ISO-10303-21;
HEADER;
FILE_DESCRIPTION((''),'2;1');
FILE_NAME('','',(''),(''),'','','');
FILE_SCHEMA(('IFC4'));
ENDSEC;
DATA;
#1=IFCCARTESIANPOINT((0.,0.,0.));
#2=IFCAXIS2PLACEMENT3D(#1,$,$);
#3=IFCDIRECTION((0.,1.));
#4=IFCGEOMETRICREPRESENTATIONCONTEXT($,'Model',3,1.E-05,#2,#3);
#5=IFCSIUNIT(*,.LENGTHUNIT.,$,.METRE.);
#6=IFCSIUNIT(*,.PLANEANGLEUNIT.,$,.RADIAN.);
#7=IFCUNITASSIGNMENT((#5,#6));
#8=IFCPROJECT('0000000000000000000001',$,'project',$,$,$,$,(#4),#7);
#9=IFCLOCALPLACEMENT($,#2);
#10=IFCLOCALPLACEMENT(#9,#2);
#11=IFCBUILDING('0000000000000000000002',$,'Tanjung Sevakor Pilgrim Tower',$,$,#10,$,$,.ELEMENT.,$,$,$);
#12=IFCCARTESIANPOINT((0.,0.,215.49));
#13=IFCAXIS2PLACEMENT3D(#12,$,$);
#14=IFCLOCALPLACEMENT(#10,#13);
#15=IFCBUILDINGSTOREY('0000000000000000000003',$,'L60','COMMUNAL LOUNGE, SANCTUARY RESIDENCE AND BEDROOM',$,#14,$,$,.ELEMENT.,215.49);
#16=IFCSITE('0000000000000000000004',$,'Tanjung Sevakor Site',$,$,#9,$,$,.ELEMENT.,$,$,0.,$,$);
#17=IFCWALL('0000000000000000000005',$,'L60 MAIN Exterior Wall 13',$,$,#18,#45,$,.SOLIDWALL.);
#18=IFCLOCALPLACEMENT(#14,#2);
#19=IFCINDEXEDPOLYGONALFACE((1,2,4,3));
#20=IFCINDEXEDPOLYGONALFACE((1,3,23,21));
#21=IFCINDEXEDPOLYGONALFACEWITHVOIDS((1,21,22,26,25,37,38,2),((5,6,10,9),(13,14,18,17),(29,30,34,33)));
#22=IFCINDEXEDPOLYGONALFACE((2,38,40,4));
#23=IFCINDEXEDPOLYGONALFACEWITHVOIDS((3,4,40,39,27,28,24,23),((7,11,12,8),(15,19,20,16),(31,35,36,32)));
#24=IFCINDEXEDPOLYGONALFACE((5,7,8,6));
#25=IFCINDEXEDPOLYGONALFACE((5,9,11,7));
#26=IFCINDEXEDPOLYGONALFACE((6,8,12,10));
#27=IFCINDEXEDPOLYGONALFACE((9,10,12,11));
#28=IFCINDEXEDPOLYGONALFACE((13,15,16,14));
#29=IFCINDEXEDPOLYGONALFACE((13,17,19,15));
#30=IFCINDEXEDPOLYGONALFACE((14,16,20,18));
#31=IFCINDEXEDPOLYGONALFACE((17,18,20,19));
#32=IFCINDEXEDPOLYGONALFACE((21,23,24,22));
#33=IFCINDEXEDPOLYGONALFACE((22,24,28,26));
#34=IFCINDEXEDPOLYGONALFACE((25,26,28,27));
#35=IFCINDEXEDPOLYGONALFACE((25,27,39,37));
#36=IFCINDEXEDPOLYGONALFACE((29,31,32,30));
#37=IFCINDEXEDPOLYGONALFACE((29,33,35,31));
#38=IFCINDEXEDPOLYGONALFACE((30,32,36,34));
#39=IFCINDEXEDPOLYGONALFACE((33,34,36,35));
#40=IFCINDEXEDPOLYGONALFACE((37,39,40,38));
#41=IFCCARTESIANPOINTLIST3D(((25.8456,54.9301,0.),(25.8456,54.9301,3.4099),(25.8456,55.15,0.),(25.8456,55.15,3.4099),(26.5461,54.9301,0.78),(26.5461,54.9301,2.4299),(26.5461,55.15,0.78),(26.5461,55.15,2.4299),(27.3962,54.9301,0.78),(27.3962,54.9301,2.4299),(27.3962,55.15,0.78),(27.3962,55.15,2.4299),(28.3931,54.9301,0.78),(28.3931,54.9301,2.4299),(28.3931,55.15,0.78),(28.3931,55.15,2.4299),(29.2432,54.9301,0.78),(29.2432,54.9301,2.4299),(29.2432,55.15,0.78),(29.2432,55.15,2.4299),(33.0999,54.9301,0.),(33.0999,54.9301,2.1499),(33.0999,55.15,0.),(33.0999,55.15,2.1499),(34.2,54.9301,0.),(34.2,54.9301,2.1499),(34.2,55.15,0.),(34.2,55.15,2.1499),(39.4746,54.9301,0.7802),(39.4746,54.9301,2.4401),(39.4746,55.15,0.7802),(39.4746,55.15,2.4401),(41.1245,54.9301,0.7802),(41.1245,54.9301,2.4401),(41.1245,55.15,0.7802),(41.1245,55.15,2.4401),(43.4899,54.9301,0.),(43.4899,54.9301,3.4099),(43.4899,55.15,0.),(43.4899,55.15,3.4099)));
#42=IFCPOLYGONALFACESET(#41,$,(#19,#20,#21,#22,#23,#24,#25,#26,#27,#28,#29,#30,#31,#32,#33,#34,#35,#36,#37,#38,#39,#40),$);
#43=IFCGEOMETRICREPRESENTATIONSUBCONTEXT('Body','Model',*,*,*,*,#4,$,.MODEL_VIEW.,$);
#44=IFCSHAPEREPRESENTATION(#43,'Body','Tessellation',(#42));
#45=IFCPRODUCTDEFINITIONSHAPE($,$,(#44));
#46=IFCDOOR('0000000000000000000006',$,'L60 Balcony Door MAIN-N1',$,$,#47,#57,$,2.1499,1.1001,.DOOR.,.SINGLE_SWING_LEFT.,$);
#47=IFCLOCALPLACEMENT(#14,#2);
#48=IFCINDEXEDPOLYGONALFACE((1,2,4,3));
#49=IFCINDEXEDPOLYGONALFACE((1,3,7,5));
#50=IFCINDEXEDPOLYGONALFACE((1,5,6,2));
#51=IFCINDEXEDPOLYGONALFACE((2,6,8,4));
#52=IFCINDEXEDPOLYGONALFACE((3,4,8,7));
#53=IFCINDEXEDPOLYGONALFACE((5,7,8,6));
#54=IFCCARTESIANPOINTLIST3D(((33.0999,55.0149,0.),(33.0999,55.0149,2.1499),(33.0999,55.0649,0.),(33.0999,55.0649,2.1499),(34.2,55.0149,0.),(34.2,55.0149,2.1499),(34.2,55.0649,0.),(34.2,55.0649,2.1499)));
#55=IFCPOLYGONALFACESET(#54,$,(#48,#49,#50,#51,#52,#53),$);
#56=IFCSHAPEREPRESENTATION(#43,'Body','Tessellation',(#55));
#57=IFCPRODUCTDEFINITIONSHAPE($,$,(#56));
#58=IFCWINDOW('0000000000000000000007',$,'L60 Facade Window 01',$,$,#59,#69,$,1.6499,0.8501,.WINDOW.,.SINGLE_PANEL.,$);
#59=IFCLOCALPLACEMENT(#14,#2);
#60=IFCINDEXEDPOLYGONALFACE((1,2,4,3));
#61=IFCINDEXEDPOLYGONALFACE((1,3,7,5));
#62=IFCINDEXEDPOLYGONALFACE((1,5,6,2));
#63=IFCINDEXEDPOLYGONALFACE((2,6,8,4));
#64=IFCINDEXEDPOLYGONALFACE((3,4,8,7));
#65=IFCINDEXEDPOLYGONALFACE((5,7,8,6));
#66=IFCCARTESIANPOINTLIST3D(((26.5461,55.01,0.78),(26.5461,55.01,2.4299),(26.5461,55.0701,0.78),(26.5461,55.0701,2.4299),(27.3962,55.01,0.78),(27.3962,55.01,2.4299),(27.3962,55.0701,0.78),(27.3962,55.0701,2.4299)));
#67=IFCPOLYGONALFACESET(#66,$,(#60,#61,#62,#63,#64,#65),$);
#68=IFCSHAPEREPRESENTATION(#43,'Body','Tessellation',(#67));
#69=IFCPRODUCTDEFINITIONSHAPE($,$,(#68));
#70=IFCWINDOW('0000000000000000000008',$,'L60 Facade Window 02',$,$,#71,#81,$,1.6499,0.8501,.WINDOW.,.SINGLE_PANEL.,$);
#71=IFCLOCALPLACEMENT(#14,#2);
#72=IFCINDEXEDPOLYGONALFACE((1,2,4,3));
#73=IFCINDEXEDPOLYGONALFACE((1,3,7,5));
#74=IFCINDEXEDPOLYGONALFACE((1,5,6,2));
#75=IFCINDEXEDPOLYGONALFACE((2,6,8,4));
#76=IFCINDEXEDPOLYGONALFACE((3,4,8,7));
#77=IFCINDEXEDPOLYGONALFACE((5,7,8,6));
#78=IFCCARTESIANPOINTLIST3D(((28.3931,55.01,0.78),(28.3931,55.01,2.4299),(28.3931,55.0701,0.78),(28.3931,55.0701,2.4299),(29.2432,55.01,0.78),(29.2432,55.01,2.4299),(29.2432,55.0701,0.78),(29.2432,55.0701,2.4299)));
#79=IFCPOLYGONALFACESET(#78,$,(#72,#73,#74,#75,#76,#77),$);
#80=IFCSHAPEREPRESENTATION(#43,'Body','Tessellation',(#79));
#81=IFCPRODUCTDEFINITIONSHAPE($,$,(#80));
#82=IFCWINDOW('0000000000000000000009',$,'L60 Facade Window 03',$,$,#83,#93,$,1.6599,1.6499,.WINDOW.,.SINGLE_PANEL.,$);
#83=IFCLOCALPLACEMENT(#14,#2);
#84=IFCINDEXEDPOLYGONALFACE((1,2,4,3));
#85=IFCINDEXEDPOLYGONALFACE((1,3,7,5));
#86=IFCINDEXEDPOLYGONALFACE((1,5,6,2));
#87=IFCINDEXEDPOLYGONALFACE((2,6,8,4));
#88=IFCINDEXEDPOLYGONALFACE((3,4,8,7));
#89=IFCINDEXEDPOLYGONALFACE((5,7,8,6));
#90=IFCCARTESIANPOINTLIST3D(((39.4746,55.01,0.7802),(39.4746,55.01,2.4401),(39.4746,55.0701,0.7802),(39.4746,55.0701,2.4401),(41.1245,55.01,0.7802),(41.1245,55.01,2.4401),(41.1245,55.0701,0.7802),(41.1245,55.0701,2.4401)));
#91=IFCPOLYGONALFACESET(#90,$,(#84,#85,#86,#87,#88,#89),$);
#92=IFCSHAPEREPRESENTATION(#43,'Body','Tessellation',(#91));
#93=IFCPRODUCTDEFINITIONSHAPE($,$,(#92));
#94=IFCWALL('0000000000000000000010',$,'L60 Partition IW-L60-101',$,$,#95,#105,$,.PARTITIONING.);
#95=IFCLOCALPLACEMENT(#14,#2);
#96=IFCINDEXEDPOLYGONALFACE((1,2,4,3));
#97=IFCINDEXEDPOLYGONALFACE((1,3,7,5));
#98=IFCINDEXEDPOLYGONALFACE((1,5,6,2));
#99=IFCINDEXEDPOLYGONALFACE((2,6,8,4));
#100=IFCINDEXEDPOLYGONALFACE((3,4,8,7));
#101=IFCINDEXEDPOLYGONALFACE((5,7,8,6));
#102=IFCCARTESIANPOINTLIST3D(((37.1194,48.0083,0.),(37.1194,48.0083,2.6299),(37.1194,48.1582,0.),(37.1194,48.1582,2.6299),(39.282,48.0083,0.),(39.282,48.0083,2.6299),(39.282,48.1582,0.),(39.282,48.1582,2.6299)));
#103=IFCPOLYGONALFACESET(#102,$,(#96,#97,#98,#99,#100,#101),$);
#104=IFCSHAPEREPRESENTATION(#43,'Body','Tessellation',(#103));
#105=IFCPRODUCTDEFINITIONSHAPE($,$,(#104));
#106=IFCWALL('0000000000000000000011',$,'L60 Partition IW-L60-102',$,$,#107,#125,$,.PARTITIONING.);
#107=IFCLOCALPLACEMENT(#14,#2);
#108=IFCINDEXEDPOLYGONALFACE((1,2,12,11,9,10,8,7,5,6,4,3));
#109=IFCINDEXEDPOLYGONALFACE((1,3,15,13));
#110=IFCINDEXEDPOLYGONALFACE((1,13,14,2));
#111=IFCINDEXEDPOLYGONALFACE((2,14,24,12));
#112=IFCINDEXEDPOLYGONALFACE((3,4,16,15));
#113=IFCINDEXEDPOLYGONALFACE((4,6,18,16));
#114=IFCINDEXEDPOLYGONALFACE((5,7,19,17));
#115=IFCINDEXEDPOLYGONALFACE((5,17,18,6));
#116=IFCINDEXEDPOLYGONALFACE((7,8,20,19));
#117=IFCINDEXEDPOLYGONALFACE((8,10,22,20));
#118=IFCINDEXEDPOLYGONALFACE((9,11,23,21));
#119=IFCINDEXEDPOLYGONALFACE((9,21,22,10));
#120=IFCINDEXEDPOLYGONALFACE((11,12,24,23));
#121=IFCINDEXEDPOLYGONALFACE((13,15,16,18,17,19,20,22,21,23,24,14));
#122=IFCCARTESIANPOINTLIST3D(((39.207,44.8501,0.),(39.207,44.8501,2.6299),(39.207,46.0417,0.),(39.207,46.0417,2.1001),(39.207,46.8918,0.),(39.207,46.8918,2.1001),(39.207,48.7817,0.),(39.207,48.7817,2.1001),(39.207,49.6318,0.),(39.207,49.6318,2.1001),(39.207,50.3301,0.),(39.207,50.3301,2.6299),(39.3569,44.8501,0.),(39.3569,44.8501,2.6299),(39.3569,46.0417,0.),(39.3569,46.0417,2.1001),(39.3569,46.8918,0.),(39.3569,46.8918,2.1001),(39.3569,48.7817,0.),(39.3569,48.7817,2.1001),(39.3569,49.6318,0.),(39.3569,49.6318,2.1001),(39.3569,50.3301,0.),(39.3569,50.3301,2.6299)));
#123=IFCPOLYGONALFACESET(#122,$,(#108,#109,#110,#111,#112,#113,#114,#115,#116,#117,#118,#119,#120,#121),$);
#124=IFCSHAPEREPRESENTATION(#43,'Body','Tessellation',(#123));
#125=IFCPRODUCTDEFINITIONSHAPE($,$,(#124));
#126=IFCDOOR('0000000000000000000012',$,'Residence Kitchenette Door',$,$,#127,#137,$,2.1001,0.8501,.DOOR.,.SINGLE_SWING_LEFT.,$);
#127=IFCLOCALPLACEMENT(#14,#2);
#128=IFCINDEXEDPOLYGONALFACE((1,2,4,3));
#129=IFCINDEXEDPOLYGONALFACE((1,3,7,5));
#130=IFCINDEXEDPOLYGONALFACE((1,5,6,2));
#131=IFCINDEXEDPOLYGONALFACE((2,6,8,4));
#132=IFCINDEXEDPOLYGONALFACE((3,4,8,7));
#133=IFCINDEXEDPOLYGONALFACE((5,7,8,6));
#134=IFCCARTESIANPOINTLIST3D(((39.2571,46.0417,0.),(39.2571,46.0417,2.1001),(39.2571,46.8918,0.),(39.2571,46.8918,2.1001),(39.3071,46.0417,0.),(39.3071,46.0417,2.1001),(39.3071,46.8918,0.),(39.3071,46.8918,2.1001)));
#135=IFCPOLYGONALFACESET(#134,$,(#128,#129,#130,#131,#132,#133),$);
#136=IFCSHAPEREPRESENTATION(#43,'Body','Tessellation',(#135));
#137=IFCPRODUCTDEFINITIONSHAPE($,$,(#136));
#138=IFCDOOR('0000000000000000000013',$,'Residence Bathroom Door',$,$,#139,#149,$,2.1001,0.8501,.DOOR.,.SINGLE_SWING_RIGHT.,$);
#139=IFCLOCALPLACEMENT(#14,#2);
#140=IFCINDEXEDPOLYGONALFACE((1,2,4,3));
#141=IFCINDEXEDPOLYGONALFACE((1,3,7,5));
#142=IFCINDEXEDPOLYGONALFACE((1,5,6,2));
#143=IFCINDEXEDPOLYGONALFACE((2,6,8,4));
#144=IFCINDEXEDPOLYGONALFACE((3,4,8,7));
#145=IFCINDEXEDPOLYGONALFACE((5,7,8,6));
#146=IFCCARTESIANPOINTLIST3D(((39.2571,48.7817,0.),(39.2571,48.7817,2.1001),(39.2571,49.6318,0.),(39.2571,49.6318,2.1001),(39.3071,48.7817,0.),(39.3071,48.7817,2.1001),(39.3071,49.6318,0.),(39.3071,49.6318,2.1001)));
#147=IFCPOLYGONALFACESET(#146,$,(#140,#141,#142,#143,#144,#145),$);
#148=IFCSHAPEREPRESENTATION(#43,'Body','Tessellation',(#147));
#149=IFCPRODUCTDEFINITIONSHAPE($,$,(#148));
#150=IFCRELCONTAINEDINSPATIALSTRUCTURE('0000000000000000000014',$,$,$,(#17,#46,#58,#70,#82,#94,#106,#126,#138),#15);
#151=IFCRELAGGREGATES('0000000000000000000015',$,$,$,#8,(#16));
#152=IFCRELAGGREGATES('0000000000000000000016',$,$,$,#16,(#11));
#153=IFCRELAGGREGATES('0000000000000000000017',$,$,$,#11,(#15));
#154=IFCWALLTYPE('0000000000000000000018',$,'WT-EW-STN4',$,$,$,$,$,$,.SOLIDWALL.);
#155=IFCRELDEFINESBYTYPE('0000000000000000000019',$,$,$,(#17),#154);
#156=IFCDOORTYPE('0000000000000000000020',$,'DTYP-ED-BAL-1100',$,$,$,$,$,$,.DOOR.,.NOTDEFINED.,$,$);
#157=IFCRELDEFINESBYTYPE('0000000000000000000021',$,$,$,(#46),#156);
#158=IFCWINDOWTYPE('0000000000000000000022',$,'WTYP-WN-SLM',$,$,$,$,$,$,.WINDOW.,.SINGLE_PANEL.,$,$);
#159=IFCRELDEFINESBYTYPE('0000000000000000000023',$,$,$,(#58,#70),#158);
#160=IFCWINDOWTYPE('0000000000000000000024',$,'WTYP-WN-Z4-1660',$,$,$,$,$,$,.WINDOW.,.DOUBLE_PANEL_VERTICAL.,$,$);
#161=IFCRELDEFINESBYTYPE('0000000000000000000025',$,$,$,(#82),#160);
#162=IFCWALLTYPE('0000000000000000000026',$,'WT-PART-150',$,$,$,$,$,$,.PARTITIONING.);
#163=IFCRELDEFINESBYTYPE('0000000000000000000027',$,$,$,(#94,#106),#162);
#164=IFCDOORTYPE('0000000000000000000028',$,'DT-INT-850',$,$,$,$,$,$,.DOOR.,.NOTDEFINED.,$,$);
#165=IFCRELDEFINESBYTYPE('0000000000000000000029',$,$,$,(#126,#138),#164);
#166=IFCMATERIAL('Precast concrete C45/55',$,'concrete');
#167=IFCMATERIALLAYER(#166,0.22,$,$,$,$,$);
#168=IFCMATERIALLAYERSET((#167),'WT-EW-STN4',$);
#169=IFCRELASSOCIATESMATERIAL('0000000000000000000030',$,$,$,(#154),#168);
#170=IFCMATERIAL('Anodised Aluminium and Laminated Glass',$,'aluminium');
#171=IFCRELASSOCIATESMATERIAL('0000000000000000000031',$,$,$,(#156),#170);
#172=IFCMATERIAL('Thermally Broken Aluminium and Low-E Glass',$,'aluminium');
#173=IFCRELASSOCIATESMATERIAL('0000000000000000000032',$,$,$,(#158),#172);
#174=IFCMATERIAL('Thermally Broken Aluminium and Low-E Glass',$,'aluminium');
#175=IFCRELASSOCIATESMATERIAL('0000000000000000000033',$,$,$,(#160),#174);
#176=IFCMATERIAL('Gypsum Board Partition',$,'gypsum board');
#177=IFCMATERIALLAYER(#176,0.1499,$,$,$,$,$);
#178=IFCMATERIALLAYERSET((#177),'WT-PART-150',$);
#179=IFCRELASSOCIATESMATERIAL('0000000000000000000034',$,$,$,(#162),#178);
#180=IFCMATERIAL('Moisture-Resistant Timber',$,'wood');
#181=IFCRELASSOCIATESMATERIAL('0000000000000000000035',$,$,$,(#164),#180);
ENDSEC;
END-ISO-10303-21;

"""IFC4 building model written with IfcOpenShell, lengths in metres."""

from ifc_helpers import new_model, si_unit, direction, frame, frame_2d, origin, place, context, subcontext, project, spatial, rectangle, extrude, material, layer, layer_set, type_object, element, fill, save


model = new_model("IFC4")

# Units and contexts
model_context = context("Model", 3, precision=1e-05, world=origin(), true_north=direction((0.0, 1.0)))
body_context = subcontext(model_context, "Body", "Model", "MODEL_VIEW")
ifc_project = project(units=[si_unit("LENGTHUNIT", "METRE"), si_unit("PLANEANGLEUNIT", "RADIAN")], contexts=[model_context])

# Site, building, storey
site_placement = place(None, origin())
site = spatial("IfcSite", under=ifc_project, at=site_placement, Name="Tanjung Sevakor Site", CompositionType="ELEMENT", RefElevation=0.0)
building_placement = place(site_placement, origin())
building = spatial("IfcBuilding", under=site, at=building_placement, Name="Tanjung Sevakor Pilgrim Tower", CompositionType="ELEMENT")
storey_placement = place(building_placement, frame((0.0, 0.0, 215.49)))
storey = spatial("IfcBuildingStorey", under=building, at=storey_placement, Name="L60", Description="COMMUNAL LOUNGE, SANCTUARY RESIDENCE AND BEDROOM", CompositionType="ELEMENT", Elevation=215.49)

# Shared definitions
ifc_material_1 = material(Name="Precast concrete C45/55", Category="concrete")
ifc_layer_1 = layer(ifc_material_1, 0.22)
ifc_layer_set_1 = layer_set([ifc_layer_1], Name="WT-EW-STN4")
wall_type_1 = type_object("IfcWallType", Name="WT-EW-STN4", PredefinedType="SOLIDWALL", material=ifc_layer_set_1)

# Wall, openings, door, windows
wall_1_placement = place(storey_placement, frame((43.49, 55.04, 0.0), z_axis=(0.0, 0.0, 1.0), x_axis=(-1.0, 0.0, 0.0)))
wall_1 = element("IfcWall", 1, at=wall_1_placement, inside=storey, type_object=wall_type_1, Name="L60 MAIN Exterior Wall 13", PredefinedType="SOLIDWALL", context=body_context, shape_type="SweptSolid", body=[
    extrude(rectangle(XDim=17.6443, YDim=0.22, at=frame_2d((8.8223, 0.0))), origin(), (0.0, 0.0, 1.0), 3.4099),
])
opening_1_placement = place(wall_1_placement, frame((9.29, 0.0, 0.0)))
opening_1 = element("IfcOpeningElement", 2, at=opening_1_placement, cuts=wall_1, PredefinedType="OPENING", context=body_context, shape_type="SweptSolid", body=[
    extrude(rectangle(XDim=1.1001, YDim=2.1499, at=frame_2d((0.55, 1.075))), frame((0.0, 0.1199, 0.0), z_axis=(0.0, -1.0, 0.0), x_axis=(1.0, 0.0, 0.0)), (0.0, 0.0, 1.0), 0.24),
])
opening_2_placement = place(wall_1_placement, frame((16.0938, 0.0, 0.78)))
opening_2 = element("IfcOpeningElement", 3, at=opening_2_placement, cuts=wall_1, PredefinedType="OPENING", context=body_context, shape_type="SweptSolid", body=[
    extrude(rectangle(XDim=0.8501, YDim=1.6499, at=frame_2d((0.425, 0.825))), frame((0.0, 0.1199, 0.0), z_axis=(0.0, -1.0, 0.0), x_axis=(1.0, 0.0, 0.0)), (0.0, 0.0, 1.0), 0.24),
])
opening_3_placement = place(wall_1_placement, frame((14.2468, 0.0, 0.78)))
opening_3 = element("IfcOpeningElement", 4, at=opening_3_placement, cuts=wall_1, PredefinedType="OPENING", context=body_context, shape_type="SweptSolid", body=[
    extrude(rectangle(XDim=0.8501, YDim=1.6499, at=frame_2d((0.425, 0.825))), frame((0.0, 0.1199, 0.0), z_axis=(0.0, -1.0, 0.0), x_axis=(1.0, 0.0, 0.0)), (0.0, 0.0, 1.0), 0.24),
])
opening_4_placement = place(wall_1_placement, frame((2.3655, 0.0, 0.78)))
opening_4 = element("IfcOpeningElement", 5, at=opening_4_placement, cuts=wall_1, PredefinedType="OPENING", context=body_context, shape_type="SweptSolid", body=[
    extrude(rectangle(XDim=1.6499, YDim=1.6599, at=frame_2d((0.825, 0.8301))), frame((0.0, 0.1199, 0.0), z_axis=(0.0, -1.0, 0.0), x_axis=(1.0, 0.0, 0.0)), (0.0, 0.0, 1.0), 0.24),
])
ifc_material_2 = material(Name="Anodised Aluminium and Laminated Glass", Category="aluminium")
door_type_1 = type_object("IfcDoorType", Name="DTYP-ED-BAL-1100", OperationType="NOTDEFINED", PredefinedType="DOOR", material=ifc_material_2)
door_1_placement = place(opening_1_placement, frame((1.1001, 0.0, 0.0), z_axis=(0.0, 0.0, 1.0), x_axis=(-1.0, 0.0, 0.0)))
door_1 = element("IfcDoor", 6, at=door_1_placement, inside=storey, type_object=door_type_1, Name="L60 Balcony Door MAIN-N1", OperationType="SINGLE_SWING_LEFT", OverallHeight=2.1499, OverallWidth=1.1001, PredefinedType="DOOR", context=body_context, shape_type="SweptSolid", body=[
    extrude(rectangle(XDim=1.1001, YDim=2.1499, at=frame_2d((0.55, 1.075))), frame((0.0, 0.0249, 0.0), z_axis=(0.0, -1.0, 0.0), x_axis=(1.0, 0.0, 0.0)), (0.0, 0.0, 1.0), 0.05),
])
fill(opening_1, door_1)
ifc_material_3 = material(Name="Thermally Broken Aluminium and Low-E Glass", Category="aluminium")
window_type_1 = type_object("IfcWindowType", Name="WTYP-WN-SLM", PartitioningType="SINGLE_PANEL", PredefinedType="WINDOW", material=ifc_material_3)
window_1_placement = place(opening_2_placement, origin())
window_1 = element("IfcWindow", 7, at=window_1_placement, inside=storey, type_object=window_type_1, Name="L60 Facade Window 01", OverallHeight=1.6499, OverallWidth=0.8501, PartitioningType="SINGLE_PANEL", PredefinedType="WINDOW", context=body_context, shape_type="SweptSolid", body=[
    extrude(rectangle(XDim=0.8501, YDim=1.6499, at=frame_2d((0.425, 0.825))), frame((0.0, 0.03, 0.0), z_axis=(0.0, -1.0, 0.0), x_axis=(1.0, 0.0, 0.0)), (0.0, 0.0, 1.0), 0.0601),
])
fill(opening_2, window_1)
window_2_placement = place(opening_3_placement, origin())
window_2 = element("IfcWindow", 8, at=window_2_placement, inside=storey, type_object=window_type_1, Name="L60 Facade Window 02", OverallHeight=1.6499, OverallWidth=0.8501, PartitioningType="SINGLE_PANEL", PredefinedType="WINDOW", context=body_context, shape_type="SweptSolid", body=[
    extrude(rectangle(XDim=0.8501, YDim=1.6499, at=frame_2d((0.425, 0.825))), frame((0.0, 0.03, 0.0), z_axis=(0.0, -1.0, 0.0), x_axis=(1.0, 0.0, 0.0)), (0.0, 0.0, 1.0), 0.0601),
])
fill(opening_3, window_2)
ifc_material_4 = material(Name="Thermally Broken Aluminium and Low-E Glass", Category="aluminium")
window_type_2 = type_object("IfcWindowType", Name="WTYP-WN-Z4-1660", PartitioningType="DOUBLE_PANEL_VERTICAL", PredefinedType="WINDOW", material=ifc_material_4)
window_3_placement = place(opening_4_placement, origin())
window_3 = element("IfcWindow", 9, at=window_3_placement, inside=storey, type_object=window_type_2, Name="L60 Facade Window 03", OverallHeight=1.6599, OverallWidth=1.6499, PartitioningType="SINGLE_PANEL", PredefinedType="WINDOW", context=body_context, shape_type="SweptSolid", body=[
    extrude(rectangle(XDim=1.6499, YDim=1.6599, at=frame_2d((0.825, 0.8301))), frame((0.0, 0.03, 0.0), z_axis=(0.0, -1.0, 0.0), x_axis=(1.0, 0.0, 0.0)), (0.0, 0.0, 1.0), 0.0601),
])
fill(opening_4, window_3)

# Wall
ifc_material_5 = material(Name="Gypsum Board Partition", Category="gypsum board")
ifc_layer_2 = layer(ifc_material_5, 0.1499)
ifc_layer_set_2 = layer_set([ifc_layer_2], Name="WT-PART-150")
wall_type_2 = type_object("IfcWallType", Name="WT-PART-150", PredefinedType="PARTITIONING", material=ifc_layer_set_2)
wall_2_placement = place(storey_placement, frame((37.1194, 48.0833, 0.0), z_axis=(0.0, 0.0, 1.0), x_axis=(1.0, 0.0, 0.0)))
element("IfcWall", 10, at=wall_2_placement, inside=storey, type_object=wall_type_2, Name="L60 Partition IW-L60-101", PredefinedType="PARTITIONING", context=body_context, shape_type="SweptSolid", body=[
    extrude(rectangle(XDim=2.1626, YDim=0.1499, at=frame_2d((1.0813, 0.0))), origin(), (0.0, 0.0, 1.0), 2.6299),
])

# Wall, openings, doors
wall_3_placement = place(storey_placement, frame((39.282, 44.8501, 0.0), z_axis=(0.0, 0.0, 1.0), x_axis=(0.0, 1.0, 0.0)))
wall_3 = element("IfcWall", 11, at=wall_3_placement, inside=storey, type_object=wall_type_2, Name="L60 Partition IW-L60-102", PredefinedType="PARTITIONING", context=body_context, shape_type="SweptSolid", body=[
    extrude(rectangle(XDim=5.48, YDim=0.1499, at=frame_2d((2.74, 0.0))), origin(), (0.0, 0.0, 1.0), 2.6299),
])
opening_5_placement = place(wall_3_placement, frame((1.1917, 0.0, 0.0)))
opening_5 = element("IfcOpeningElement", 12, at=opening_5_placement, cuts=wall_3, PredefinedType="OPENING", context=body_context, shape_type="SweptSolid", body=[
    extrude(rectangle(XDim=0.8501, YDim=2.1001, at=frame_2d((0.425, 1.05))), frame((0.0, 0.085, 0.0), z_axis=(0.0, -1.0, 0.0), x_axis=(1.0, 0.0, 0.0)), (0.0, 0.0, 1.0), 0.1699),
])
opening_6_placement = place(wall_3_placement, frame((3.9316, 0.0, 0.0)))
opening_6 = element("IfcOpeningElement", 13, at=opening_6_placement, cuts=wall_3, PredefinedType="OPENING", context=body_context, shape_type="SweptSolid", body=[
    extrude(rectangle(XDim=0.8501, YDim=2.1001, at=frame_2d((0.425, 1.05))), frame((0.0, 0.085, 0.0), z_axis=(0.0, -1.0, 0.0), x_axis=(1.0, 0.0, 0.0)), (0.0, 0.0, 1.0), 0.1699),
])
ifc_material_6 = material(Name="Moisture-Resistant Timber", Category="wood")
door_type_2 = type_object("IfcDoorType", Name="DT-INT-850", OperationType="NOTDEFINED", PredefinedType="DOOR", material=ifc_material_6)
door_2_placement = place(opening_5_placement, origin())
door_2 = element("IfcDoor", 14, at=door_2_placement, inside=storey, type_object=door_type_2, Name="Residence Kitchenette Door", OperationType="SINGLE_SWING_LEFT", OverallHeight=2.1001, OverallWidth=0.8501, PredefinedType="DOOR", context=body_context, shape_type="SweptSolid", body=[
    extrude(rectangle(XDim=0.8501, YDim=2.1001, at=frame_2d((0.425, 1.05))), frame((0.0, 0.0249, 0.0), z_axis=(0.0, -1.0, 0.0), x_axis=(1.0, 0.0, 0.0)), (0.0, 0.0, 1.0), 0.05),
])
fill(opening_5, door_2)
door_3_placement = place(opening_6_placement, origin())
door_3 = element("IfcDoor", 15, at=door_3_placement, inside=storey, type_object=door_type_2, Name="Residence Bathroom Door", OperationType="SINGLE_SWING_RIGHT", OverallHeight=2.1001, OverallWidth=0.8501, PredefinedType="DOOR", context=body_context, shape_type="SweptSolid", body=[
    extrude(rectangle(XDim=0.8501, YDim=2.1001, at=frame_2d((0.425, 1.05))), frame((0.0, 0.0249, 0.0), z_axis=(0.0, -1.0, 0.0), x_axis=(1.0, 0.0, 0.0)), (0.0, 0.0, 1.0), 0.05),
])
fill(opening_6, door_3)

save(model, "model.ifc")
